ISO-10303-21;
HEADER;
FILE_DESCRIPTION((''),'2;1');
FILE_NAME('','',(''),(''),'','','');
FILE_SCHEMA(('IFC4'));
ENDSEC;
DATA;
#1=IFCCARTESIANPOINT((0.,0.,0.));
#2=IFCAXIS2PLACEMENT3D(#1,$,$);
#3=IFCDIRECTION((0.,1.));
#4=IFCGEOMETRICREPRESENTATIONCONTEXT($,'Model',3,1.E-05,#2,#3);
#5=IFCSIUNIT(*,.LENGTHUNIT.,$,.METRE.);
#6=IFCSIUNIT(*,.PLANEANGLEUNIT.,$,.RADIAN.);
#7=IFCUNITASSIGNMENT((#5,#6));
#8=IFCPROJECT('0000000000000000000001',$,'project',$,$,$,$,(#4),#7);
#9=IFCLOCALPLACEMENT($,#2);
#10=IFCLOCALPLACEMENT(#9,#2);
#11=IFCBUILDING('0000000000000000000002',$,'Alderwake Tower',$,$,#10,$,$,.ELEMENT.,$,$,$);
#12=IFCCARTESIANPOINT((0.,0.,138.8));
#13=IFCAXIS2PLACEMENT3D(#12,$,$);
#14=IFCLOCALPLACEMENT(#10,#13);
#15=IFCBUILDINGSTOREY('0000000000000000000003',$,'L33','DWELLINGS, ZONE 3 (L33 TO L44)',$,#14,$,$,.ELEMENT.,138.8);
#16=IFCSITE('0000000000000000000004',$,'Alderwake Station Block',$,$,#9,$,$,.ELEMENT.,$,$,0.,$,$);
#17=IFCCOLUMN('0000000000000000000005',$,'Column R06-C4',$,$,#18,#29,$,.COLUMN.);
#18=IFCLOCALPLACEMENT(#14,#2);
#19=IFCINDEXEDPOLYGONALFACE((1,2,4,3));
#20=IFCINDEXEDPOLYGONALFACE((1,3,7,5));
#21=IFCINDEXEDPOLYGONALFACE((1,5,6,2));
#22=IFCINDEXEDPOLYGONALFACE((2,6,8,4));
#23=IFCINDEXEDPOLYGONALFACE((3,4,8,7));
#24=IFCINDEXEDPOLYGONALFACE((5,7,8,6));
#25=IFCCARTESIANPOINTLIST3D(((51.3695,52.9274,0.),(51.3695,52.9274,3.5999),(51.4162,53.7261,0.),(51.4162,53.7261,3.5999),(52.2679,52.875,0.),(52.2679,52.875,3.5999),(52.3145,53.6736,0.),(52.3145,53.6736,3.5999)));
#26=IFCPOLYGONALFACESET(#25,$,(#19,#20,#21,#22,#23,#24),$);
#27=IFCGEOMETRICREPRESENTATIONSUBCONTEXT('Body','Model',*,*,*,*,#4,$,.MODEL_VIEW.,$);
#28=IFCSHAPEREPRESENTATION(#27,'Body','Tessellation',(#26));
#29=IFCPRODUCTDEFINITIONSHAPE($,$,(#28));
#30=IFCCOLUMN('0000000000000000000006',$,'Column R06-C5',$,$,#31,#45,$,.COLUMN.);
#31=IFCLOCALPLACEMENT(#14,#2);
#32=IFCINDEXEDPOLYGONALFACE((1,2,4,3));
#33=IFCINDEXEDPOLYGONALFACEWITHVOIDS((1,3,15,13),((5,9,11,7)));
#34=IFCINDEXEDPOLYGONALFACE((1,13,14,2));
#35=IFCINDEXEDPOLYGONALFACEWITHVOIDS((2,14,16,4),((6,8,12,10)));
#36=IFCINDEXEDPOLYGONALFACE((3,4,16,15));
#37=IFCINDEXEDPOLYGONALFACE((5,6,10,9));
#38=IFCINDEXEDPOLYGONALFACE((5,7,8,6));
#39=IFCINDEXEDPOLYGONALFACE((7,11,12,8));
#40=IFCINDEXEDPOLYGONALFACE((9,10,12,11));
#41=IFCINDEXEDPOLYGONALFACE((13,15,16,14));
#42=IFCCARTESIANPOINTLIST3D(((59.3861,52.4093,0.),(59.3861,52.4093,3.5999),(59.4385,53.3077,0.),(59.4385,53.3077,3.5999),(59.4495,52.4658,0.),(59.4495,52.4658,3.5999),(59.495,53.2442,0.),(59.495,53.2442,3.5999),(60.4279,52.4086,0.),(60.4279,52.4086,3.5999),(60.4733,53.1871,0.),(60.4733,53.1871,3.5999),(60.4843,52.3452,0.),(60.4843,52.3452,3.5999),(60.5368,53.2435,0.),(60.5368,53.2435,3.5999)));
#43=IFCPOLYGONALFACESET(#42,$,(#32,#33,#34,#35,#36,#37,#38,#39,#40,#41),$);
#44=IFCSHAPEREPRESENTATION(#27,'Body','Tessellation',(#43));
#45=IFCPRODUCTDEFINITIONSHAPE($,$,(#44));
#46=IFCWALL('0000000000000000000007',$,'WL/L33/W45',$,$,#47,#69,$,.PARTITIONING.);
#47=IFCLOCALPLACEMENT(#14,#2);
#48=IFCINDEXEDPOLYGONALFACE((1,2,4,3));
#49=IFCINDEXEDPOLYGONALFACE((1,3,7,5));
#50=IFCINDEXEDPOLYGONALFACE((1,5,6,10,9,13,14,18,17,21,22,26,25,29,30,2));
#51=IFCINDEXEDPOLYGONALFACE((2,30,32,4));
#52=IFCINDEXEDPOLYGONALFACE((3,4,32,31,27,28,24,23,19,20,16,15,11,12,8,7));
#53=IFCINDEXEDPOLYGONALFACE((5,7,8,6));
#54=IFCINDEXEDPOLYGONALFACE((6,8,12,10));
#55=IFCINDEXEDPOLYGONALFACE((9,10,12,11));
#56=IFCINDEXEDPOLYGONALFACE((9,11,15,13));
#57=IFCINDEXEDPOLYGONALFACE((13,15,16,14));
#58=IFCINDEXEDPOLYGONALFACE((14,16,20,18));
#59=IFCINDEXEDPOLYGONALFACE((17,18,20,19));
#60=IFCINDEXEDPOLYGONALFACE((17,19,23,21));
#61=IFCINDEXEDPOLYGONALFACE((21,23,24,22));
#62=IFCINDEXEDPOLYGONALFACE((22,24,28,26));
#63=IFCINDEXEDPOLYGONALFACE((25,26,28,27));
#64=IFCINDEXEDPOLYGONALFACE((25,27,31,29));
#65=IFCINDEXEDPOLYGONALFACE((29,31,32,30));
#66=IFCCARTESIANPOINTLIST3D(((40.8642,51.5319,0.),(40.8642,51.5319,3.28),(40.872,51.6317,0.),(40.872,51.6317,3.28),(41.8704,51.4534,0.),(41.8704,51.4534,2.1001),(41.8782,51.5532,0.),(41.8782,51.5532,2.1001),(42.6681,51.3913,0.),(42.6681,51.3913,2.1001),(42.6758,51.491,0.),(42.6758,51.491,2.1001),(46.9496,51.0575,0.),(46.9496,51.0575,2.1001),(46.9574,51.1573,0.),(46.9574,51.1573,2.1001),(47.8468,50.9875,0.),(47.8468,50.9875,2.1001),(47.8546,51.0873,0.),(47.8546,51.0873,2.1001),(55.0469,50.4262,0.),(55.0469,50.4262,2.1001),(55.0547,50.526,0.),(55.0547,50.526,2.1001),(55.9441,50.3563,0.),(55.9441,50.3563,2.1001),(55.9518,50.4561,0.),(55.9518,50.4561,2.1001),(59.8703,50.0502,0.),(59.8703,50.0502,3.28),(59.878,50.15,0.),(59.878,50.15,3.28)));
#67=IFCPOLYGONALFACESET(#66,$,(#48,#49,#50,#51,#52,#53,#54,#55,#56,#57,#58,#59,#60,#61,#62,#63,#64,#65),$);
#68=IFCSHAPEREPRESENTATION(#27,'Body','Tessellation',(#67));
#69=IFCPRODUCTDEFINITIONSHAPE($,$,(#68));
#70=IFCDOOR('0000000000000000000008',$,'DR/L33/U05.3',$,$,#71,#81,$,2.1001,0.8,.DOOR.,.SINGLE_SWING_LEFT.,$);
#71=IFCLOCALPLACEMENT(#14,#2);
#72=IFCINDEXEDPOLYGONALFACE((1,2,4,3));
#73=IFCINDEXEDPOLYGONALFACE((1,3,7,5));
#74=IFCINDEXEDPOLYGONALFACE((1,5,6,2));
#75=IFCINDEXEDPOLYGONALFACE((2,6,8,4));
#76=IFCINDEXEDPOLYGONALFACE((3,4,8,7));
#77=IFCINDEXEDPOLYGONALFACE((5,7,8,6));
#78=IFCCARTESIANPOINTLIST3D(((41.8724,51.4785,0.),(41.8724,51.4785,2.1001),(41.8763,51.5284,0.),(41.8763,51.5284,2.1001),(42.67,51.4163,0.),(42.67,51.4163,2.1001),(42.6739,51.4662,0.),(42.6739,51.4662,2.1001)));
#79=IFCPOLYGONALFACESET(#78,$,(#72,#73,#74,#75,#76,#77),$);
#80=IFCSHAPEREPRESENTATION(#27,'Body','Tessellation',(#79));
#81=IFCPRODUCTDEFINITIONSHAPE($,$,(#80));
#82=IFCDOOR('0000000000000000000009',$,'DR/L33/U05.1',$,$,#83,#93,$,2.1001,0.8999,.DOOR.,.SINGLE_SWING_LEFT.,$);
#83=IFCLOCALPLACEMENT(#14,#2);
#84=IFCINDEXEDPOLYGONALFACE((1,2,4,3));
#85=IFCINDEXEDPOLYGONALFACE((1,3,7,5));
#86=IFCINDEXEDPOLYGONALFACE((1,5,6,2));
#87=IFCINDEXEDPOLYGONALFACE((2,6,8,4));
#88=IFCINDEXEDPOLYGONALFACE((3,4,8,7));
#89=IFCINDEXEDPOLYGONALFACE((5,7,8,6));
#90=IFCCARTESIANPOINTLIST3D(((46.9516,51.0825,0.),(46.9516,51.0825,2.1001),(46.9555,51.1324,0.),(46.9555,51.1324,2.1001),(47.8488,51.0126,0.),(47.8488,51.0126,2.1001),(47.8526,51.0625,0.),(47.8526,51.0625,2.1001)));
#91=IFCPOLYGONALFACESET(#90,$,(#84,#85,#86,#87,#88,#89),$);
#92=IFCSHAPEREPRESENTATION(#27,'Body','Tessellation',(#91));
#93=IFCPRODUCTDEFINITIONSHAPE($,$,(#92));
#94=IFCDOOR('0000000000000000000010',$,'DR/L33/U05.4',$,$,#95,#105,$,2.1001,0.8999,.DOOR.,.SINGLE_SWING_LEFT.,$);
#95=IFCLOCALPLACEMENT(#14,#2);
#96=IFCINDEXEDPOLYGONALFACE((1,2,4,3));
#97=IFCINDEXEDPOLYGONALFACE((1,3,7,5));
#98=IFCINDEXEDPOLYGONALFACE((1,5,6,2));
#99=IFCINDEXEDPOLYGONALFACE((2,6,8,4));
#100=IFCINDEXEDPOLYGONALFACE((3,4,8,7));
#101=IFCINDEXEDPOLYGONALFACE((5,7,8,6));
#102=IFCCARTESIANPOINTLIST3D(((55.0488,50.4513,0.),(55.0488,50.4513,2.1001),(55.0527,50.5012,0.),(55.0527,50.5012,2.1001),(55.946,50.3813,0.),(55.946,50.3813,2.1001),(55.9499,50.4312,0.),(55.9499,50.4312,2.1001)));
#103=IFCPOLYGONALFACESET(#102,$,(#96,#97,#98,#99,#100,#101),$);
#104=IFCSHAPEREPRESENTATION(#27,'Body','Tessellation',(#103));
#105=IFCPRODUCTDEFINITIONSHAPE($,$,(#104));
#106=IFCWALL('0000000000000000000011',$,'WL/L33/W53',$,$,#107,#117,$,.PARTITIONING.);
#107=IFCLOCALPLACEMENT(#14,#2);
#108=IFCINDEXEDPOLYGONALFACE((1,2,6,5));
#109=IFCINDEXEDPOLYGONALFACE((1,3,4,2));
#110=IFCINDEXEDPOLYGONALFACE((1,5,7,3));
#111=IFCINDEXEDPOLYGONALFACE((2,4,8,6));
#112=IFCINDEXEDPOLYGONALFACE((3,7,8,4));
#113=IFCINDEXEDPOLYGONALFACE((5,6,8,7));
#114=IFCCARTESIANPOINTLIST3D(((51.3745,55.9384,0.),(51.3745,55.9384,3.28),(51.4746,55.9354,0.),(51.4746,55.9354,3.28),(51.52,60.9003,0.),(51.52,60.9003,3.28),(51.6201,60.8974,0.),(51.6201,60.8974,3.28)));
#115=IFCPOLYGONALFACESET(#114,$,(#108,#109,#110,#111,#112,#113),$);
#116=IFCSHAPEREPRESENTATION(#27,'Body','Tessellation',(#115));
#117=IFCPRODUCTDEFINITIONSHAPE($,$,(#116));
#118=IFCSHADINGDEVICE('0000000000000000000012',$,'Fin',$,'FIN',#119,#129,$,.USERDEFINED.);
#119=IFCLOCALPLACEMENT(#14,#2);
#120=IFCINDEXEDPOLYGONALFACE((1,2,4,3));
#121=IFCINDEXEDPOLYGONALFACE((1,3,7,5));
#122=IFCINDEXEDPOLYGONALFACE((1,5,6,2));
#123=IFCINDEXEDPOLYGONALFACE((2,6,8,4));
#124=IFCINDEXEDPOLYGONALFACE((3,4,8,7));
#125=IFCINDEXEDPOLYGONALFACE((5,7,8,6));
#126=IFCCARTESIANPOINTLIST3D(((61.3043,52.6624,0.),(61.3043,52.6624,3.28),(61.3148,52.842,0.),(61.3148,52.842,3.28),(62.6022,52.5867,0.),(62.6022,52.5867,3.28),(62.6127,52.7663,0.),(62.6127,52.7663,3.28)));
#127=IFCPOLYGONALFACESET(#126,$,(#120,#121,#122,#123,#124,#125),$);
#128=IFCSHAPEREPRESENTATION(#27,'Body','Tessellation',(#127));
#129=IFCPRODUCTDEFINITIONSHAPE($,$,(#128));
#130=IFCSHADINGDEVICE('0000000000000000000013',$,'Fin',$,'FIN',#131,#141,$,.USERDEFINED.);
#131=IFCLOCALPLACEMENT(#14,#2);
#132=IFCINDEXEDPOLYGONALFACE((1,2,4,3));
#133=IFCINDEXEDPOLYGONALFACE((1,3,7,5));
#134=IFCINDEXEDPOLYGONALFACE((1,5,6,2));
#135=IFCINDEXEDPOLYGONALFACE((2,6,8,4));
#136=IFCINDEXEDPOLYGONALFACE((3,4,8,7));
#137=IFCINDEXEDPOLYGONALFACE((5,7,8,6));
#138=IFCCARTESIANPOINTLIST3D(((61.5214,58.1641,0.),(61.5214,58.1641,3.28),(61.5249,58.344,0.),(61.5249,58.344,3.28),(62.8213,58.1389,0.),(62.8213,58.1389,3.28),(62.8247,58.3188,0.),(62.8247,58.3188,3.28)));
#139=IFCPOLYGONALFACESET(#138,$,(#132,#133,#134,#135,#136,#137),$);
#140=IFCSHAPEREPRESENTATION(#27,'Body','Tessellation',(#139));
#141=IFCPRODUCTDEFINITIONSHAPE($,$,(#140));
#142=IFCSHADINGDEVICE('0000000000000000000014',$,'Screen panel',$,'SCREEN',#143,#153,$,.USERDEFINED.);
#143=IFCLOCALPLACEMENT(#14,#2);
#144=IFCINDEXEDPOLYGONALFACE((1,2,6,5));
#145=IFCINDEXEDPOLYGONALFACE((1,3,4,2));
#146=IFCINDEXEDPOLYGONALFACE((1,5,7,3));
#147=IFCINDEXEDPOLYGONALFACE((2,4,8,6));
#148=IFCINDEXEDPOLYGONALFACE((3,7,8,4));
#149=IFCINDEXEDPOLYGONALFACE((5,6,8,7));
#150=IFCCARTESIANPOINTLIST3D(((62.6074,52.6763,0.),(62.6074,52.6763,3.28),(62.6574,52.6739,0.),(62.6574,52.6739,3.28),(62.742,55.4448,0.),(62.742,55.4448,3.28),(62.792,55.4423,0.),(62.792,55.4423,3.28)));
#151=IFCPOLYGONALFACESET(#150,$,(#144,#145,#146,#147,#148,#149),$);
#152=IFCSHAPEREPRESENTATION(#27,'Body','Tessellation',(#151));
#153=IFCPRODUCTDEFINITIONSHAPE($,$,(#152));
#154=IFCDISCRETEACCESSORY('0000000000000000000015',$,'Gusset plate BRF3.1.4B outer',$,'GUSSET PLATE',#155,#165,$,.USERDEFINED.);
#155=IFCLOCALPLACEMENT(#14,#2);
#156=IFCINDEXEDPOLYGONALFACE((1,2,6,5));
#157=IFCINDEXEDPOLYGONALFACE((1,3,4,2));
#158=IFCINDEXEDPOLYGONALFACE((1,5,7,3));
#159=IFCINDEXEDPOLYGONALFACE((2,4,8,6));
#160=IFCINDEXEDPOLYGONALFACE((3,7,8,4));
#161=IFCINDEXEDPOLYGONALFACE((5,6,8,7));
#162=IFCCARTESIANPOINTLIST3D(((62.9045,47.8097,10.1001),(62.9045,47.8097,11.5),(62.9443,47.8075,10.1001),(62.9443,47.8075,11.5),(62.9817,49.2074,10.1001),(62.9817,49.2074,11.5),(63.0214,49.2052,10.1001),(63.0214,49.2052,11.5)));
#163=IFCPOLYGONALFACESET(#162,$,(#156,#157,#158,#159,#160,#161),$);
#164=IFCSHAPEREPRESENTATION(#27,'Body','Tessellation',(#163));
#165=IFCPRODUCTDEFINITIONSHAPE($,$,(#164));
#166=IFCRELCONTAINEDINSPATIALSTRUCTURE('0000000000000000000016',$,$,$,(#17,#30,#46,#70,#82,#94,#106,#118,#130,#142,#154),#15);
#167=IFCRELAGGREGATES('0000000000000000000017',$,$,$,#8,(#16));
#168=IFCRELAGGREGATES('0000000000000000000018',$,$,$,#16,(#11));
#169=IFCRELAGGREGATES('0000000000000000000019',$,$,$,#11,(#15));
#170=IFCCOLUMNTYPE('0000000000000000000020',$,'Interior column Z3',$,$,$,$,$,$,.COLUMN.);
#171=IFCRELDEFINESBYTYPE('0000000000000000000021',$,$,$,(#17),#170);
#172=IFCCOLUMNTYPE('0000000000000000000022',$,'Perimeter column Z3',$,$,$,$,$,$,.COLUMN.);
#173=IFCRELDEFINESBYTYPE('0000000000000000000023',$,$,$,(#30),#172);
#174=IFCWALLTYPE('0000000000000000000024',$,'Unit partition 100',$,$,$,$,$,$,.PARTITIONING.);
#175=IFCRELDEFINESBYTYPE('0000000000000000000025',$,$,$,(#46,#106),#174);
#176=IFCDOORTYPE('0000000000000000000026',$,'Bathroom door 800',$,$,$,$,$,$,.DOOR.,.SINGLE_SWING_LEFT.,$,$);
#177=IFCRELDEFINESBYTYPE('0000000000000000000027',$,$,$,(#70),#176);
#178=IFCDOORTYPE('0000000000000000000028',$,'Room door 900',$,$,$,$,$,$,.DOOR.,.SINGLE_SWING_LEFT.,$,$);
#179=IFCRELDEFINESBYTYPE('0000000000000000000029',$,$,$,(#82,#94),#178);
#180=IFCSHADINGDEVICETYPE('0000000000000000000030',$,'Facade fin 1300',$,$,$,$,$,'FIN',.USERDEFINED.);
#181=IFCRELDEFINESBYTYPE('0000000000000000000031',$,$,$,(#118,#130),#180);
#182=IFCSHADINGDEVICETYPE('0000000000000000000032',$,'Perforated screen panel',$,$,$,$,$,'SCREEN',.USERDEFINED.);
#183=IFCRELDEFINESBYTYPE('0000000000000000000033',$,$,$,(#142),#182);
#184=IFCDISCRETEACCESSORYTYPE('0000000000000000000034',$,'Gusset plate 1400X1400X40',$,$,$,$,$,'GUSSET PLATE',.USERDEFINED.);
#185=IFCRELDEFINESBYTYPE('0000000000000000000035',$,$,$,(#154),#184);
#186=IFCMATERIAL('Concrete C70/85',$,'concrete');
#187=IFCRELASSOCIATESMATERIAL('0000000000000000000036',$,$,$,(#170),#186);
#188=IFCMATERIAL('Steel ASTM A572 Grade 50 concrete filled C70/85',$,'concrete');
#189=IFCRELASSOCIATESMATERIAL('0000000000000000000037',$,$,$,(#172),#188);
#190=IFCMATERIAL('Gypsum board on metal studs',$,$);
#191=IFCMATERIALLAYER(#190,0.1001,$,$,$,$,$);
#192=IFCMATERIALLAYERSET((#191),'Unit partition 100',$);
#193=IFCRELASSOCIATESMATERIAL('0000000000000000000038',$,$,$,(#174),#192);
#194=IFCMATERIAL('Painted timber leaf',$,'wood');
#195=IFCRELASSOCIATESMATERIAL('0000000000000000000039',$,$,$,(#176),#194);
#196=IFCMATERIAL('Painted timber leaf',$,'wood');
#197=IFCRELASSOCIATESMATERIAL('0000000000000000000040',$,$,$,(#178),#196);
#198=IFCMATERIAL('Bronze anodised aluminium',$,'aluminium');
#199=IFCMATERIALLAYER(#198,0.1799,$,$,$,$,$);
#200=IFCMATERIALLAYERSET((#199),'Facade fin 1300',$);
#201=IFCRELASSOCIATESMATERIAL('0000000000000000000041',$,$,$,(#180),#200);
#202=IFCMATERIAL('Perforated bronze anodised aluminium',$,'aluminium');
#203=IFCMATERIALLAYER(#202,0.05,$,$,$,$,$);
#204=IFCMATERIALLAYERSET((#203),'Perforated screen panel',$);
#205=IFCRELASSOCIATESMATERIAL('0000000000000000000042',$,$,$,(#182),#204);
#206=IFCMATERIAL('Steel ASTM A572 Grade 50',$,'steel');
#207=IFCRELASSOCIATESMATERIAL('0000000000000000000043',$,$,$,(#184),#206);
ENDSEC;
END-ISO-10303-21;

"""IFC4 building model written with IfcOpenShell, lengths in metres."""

from ifc_helpers import new_model, si_unit, direction, frame, frame_2d, origin, origin_2d, place, context, subcontext, project, spatial, rectangle, hollow_rectangle, extrude, material, layer, layer_set, material_profile, profile_set, type_object, element, fill, save


model = new_model("IFC4")

# Units and contexts
model_context = context("Model", 3, precision=1e-05, world=origin(), true_north=direction((0.0, 1.0)))
body_context = subcontext(model_context, "Body", "Model", "MODEL_VIEW")
ifc_project = project(units=[si_unit("LENGTHUNIT", "METRE"), si_unit("PLANEANGLEUNIT", "RADIAN")], contexts=[model_context])

# Site, building, storey
site_placement = place(None, origin())
site = spatial("IfcSite", under=ifc_project, at=site_placement, Name="Alderwake Station Block", CompositionType="ELEMENT", RefElevation=0.0)
building_placement = place(site_placement, origin())
building = spatial("IfcBuilding", under=site, at=building_placement, Name="Alderwake Tower", CompositionType="ELEMENT")
storey_placement = place(building_placement, frame((0.0, 0.0, 138.8)))
storey = spatial("IfcBuildingStorey", under=building, at=storey_placement, Name="L33", Description="DWELLINGS, ZONE 3 (L33 TO L44)", CompositionType="ELEMENT", Elevation=138.8)

# Columns
ifc_material_1 = material(Name="Concrete C70/85", Category="concrete")
ifc_material_profile_1 = material_profile(ifc_material_1, rectangle(XDim=0.8, YDim=0.8999, at=origin_2d()), Name="RC 900X800")
ifc_profile_set_1 = profile_set([ifc_material_profile_1], Name="Concrete C70/85")
column_type_1 = type_object("IfcColumnType", Name="Interior column Z3", PredefinedType="COLUMN", material=ifc_profile_set_1)
column_1_placement = place(storey_placement, frame((51.842, 53.3005, 0.0), z_axis=(0.0, 0.0, 1.0), x_axis=(0.058299, 0.998299, 0.0)))
element("IfcColumn", 1, at=column_1_placement, inside=storey, type_object=column_type_1, Name="Column R06-C4", PredefinedType="COLUMN", context=body_context, shape_type="SweptSolid", body=[
    extrude(rectangle(XDim=0.8, YDim=0.8999, at=origin_2d()), origin(), (0.0, 0.0, 1.0), 3.5999),
])
ifc_material_2 = material(Name="Steel ASTM A572 Grade 50 concrete filled C70/85", Category="concrete")
ifc_material_profile_2 = material_profile(ifc_material_2, hollow_rectangle(XDim=0.8999, YDim=1.1001, WallThickness=0.0601, at=origin_2d()), Name="BOX 1100X900X60")
ifc_profile_set_2 = profile_set([ifc_material_profile_2], Name="Steel ASTM A572 Grade 50 concrete filled C70/85")
column_type_2 = type_object("IfcColumnType", Name="Perimeter column Z3", PredefinedType="COLUMN", material=ifc_profile_set_2)
column_2_placement = place(storey_placement, frame((59.9614, 52.8264, 0.0), z_axis=(0.0, 0.0, 1.0), x_axis=(0.058301, 0.998299, 0.0)))
element("IfcColumn", 2, at=column_2_placement, inside=storey, type_object=column_type_2, Name="Column R06-C5", PredefinedType="COLUMN", context=body_context, shape_type="SweptSolid", body=[
    extrude(hollow_rectangle(XDim=0.8999, YDim=1.1001, WallThickness=0.0601, at=origin_2d()), origin(), (0.0, 0.0, 1.0), 3.5999),
])

# Wall, openings, doors
ifc_material_3 = material(Name="Gypsum board on metal studs")
ifc_layer_1 = layer(ifc_material_3, 0.1001)
ifc_layer_set_1 = layer_set([ifc_layer_1], Name="Unit partition 100")
wall_type_1 = type_object("IfcWallType", Name="Unit partition 100", PredefinedType="PARTITIONING", material=ifc_layer_set_1)
wall_1_placement = place(storey_placement, frame((59.874, 50.1001, 0.0), z_axis=(0.0, 0.0, 1.0), x_axis=(-0.996975, 0.077723, 0.0)))
wall_1 = element("IfcWall", 3, at=wall_1_placement, inside=storey, type_object=wall_type_1, Name="WL/L33/W45", PredefinedType="PARTITIONING", context=body_context, shape_type="SweptSolid", body=[
    extrude(rectangle(XDim=19.0637, YDim=0.1001, at=frame_2d((9.5317, 0.0))), origin(), (0.0, 0.0, 1.0), 3.28),
])
opening_1_placement = place(wall_1_placement, frame((12.0598, 0.0, 0.0)))
opening_1 = element("IfcOpeningElement", 4, at=opening_1_placement, cuts=wall_1, PredefinedType="OPENING", context=body_context, shape_type="SweptSolid", body=[
    extrude(rectangle(XDim=0.8999, YDim=2.1001, at=frame_2d((0.45, 1.05))), frame((0.0, 0.0601, 0.0), z_axis=(0.0, -1.0, 0.0), x_axis=(1.0, 0.0, 0.0)), (0.0, 0.0, 1.0), 0.1201),
])
opening_2_placement = place(wall_1_placement, frame((17.2544, 0.0, 0.0)))
opening_2 = element("IfcOpeningElement", 5, at=opening_2_placement, cuts=wall_1, PredefinedType="OPENING", context=body_context, shape_type="SweptSolid", body=[
    extrude(rectangle(XDim=0.8, YDim=2.1001, at=frame_2d((0.3999, 1.05))), frame((0.0, 0.0601, 0.0), z_axis=(0.0, -1.0, 0.0), x_axis=(1.0, 0.0, 0.0)), (0.0, 0.0, 1.0), 0.1201),
])
opening_3_placement = place(wall_1_placement, frame((3.938, 0.0, 0.0)))
opening_3 = element("IfcOpeningElement", 6, at=opening_3_placement, cuts=wall_1, PredefinedType="OPENING", context=body_context, shape_type="SweptSolid", body=[
    extrude(rectangle(XDim=0.8999, YDim=2.1001, at=frame_2d((0.45, 1.05))), frame((0.0, 0.0601, 0.0), z_axis=(0.0, -1.0, 0.0), x_axis=(1.0, 0.0, 0.0)), (0.0, 0.0, 1.0), 0.1201),
])
ifc_material_4 = material(Name="Painted timber leaf", Category="wood")
door_type_1 = type_object("IfcDoorType", Name="Bathroom door 800", OperationType="SINGLE_SWING_LEFT", PredefinedType="DOOR", material=ifc_material_4)
door_1_placement = place(opening_2_placement, origin())
door_1 = element("IfcDoor", 7, at=door_1_placement, inside=storey, type_object=door_type_1, Name="DR/L33/U05.3", OperationType="SINGLE_SWING_LEFT", OverallHeight=2.1001, OverallWidth=0.8, PredefinedType="DOOR", context=body_context, shape_type="SweptSolid", body=[
    extrude(rectangle(XDim=0.8, YDim=2.1001, at=frame_2d((0.3999, 1.05))), frame((0.0, 0.0249, 0.0), z_axis=(0.0, -1.0, 0.0), x_axis=(1.0, 0.0, 0.0)), (0.0, 0.0, 1.0), 0.05),
])
fill(opening_2, door_1)
ifc_material_5 = material(Name="Painted timber leaf", Category="wood")
door_type_2 = type_object("IfcDoorType", Name="Room door 900", OperationType="SINGLE_SWING_LEFT", PredefinedType="DOOR", material=ifc_material_5)
door_2_placement = place(opening_1_placement, origin())
door_2 = element("IfcDoor", 8, at=door_2_placement, inside=storey, type_object=door_type_2, Name="DR/L33/U05.1", OperationType="SINGLE_SWING_LEFT", OverallHeight=2.1001, OverallWidth=0.8999, PredefinedType="DOOR", context=body_context, shape_type="SweptSolid", body=[
    extrude(rectangle(XDim=0.8999, YDim=2.1001, at=frame_2d((0.45, 1.05))), frame((0.0, 0.0249, 0.0), z_axis=(0.0, -1.0, 0.0), x_axis=(1.0, 0.0, 0.0)), (0.0, 0.0, 1.0), 0.05),
])
fill(opening_1, door_2)
door_3_placement = place(opening_3_placement, origin())
door_3 = element("IfcDoor", 9, at=door_3_placement, inside=storey, type_object=door_type_2, Name="DR/L33/U05.4", OperationType="SINGLE_SWING_LEFT", OverallHeight=2.1001, OverallWidth=0.8999, PredefinedType="DOOR", context=body_context, shape_type="SweptSolid", body=[
    extrude(rectangle(XDim=0.8999, YDim=2.1001, at=frame_2d((0.45, 1.05))), frame((0.0, 0.0249, 0.0), z_axis=(0.0, -1.0, 0.0), x_axis=(1.0, 0.0, 0.0)), (0.0, 0.0, 1.0), 0.05),
])
fill(opening_3, door_3)

# Wall
wall_2_placement = place(storey_placement, frame((51.4246, 55.937, 0.0), z_axis=(0.0, 0.0, 1.0), x_axis=(0.029312, 0.99957, 0.0)))
element("IfcWall", 10, at=wall_2_placement, inside=storey, type_object=wall_type_1, Name="WL/L33/W53", PredefinedType="PARTITIONING", context=body_context, shape_type="SweptSolid", body=[
    extrude(rectangle(XDim=4.9641, YDim=0.1001, at=frame_2d((2.4819, 0.0))), origin(), (0.0, 0.0, 1.0), 3.28),
])

# Shading devices
ifc_material_6 = material(Name="Bronze anodised aluminium", Category="aluminium")
ifc_layer_2 = layer(ifc_material_6, 0.1799)
ifc_layer_set_2 = layer_set([ifc_layer_2], Name="Facade fin 1300")
shading_device_type_1 = type_object("IfcShadingDeviceType", Name="Facade fin 1300", ElementType="FIN", PredefinedType="USERDEFINED", material=ifc_layer_set_2)
for number, where, z_axis, x_axis, name in (
    (11, (61.9585, 52.7144, 0.0), (0.0, 0.0, 1.0), (0.998301, -0.058266, 0.0), "Fin"),
    (12, (62.1731, 58.2415, 0.0), (0.0, 0.0, 1.0), (0.999812, -0.019398, 0.0), "Fin"),
):
    element("IfcShadingDevice", number, at=place(storey_placement, frame(where, z_axis=z_axis, x_axis=x_axis)), inside=storey, type_object=shading_device_type_1, Name=name, ObjectType="FIN", PredefinedType="USERDEFINED", context=body_context, shape_type="SweptSolid", body=[
        extrude(rectangle(XDim=1.3, YDim=0.1799, at=origin_2d()), origin(), (0.0, 0.0, 1.0), 3.28),
    ])
ifc_material_7 = material(Name="Perforated bronze anodised aluminium", Category="aluminium")
ifc_layer_3 = layer(ifc_material_7, 0.05)
ifc_layer_set_3 = layer_set([ifc_layer_3], Name="Perforated screen panel")
shading_device_type_2 = type_object("IfcShadingDeviceType", Name="Perforated screen panel", ElementType="SCREEN", PredefinedType="USERDEFINED", material=ifc_layer_set_3)
shading_device_placement = place(storey_placement, frame((62.6997, 54.0593, 0.0), z_axis=(0.0, 0.0, 1.0), x_axis=(0.998819, -0.048581, 0.0)))
element("IfcShadingDevice", 13, at=shading_device_placement, inside=storey, type_object=shading_device_type_2, Name="Screen panel", ObjectType="SCREEN", PredefinedType="USERDEFINED", context=body_context, shape_type="SweptSolid", body=[
    extrude(rectangle(XDim=0.05, YDim=2.7717, at=origin_2d()), origin(), (0.0, 0.0, 1.0), 3.28),
])

# Discrete accessory
ifc_material_8 = material(Name="Steel ASTM A572 Grade 50", Category="steel")
ifc_material_profile_3 = material_profile(ifc_material_8, rectangle(XDim=1.3999, YDim=1.3999, at=origin_2d()), Name="gusset 1400X1400")
ifc_profile_set_3 = profile_set([ifc_material_profile_3], Name="Steel ASTM A572 Grade 50")
discrete_accessory_type = type_object("IfcDiscreteAccessoryType", Name="Gusset plate 1400X1400X40", ElementType="GUSSET PLATE", PredefinedType="USERDEFINED", material=ifc_profile_set_3)
discrete_accessory_1_placement = place(storey_placement, frame((62.9431, 48.5085, 10.8), z_axis=(0.998479, -0.055131, 0.0), x_axis=(0.055131, 0.998479, 0.0)))
element("IfcDiscreteAccessory", 14, at=discrete_accessory_1_placement, inside=storey, type_object=discrete_accessory_type, Name="Gusset plate BRF3.1.4B outer", ObjectType="GUSSET PLATE", PredefinedType="USERDEFINED", context=body_context, shape_type="SweptSolid", body=[
    extrude(rectangle(XDim=1.3999, YDim=1.3999, at=origin_2d()), origin(), (0.0, 0.0, 1.0), 0.0398),
])

save(model, "model.ifc")
